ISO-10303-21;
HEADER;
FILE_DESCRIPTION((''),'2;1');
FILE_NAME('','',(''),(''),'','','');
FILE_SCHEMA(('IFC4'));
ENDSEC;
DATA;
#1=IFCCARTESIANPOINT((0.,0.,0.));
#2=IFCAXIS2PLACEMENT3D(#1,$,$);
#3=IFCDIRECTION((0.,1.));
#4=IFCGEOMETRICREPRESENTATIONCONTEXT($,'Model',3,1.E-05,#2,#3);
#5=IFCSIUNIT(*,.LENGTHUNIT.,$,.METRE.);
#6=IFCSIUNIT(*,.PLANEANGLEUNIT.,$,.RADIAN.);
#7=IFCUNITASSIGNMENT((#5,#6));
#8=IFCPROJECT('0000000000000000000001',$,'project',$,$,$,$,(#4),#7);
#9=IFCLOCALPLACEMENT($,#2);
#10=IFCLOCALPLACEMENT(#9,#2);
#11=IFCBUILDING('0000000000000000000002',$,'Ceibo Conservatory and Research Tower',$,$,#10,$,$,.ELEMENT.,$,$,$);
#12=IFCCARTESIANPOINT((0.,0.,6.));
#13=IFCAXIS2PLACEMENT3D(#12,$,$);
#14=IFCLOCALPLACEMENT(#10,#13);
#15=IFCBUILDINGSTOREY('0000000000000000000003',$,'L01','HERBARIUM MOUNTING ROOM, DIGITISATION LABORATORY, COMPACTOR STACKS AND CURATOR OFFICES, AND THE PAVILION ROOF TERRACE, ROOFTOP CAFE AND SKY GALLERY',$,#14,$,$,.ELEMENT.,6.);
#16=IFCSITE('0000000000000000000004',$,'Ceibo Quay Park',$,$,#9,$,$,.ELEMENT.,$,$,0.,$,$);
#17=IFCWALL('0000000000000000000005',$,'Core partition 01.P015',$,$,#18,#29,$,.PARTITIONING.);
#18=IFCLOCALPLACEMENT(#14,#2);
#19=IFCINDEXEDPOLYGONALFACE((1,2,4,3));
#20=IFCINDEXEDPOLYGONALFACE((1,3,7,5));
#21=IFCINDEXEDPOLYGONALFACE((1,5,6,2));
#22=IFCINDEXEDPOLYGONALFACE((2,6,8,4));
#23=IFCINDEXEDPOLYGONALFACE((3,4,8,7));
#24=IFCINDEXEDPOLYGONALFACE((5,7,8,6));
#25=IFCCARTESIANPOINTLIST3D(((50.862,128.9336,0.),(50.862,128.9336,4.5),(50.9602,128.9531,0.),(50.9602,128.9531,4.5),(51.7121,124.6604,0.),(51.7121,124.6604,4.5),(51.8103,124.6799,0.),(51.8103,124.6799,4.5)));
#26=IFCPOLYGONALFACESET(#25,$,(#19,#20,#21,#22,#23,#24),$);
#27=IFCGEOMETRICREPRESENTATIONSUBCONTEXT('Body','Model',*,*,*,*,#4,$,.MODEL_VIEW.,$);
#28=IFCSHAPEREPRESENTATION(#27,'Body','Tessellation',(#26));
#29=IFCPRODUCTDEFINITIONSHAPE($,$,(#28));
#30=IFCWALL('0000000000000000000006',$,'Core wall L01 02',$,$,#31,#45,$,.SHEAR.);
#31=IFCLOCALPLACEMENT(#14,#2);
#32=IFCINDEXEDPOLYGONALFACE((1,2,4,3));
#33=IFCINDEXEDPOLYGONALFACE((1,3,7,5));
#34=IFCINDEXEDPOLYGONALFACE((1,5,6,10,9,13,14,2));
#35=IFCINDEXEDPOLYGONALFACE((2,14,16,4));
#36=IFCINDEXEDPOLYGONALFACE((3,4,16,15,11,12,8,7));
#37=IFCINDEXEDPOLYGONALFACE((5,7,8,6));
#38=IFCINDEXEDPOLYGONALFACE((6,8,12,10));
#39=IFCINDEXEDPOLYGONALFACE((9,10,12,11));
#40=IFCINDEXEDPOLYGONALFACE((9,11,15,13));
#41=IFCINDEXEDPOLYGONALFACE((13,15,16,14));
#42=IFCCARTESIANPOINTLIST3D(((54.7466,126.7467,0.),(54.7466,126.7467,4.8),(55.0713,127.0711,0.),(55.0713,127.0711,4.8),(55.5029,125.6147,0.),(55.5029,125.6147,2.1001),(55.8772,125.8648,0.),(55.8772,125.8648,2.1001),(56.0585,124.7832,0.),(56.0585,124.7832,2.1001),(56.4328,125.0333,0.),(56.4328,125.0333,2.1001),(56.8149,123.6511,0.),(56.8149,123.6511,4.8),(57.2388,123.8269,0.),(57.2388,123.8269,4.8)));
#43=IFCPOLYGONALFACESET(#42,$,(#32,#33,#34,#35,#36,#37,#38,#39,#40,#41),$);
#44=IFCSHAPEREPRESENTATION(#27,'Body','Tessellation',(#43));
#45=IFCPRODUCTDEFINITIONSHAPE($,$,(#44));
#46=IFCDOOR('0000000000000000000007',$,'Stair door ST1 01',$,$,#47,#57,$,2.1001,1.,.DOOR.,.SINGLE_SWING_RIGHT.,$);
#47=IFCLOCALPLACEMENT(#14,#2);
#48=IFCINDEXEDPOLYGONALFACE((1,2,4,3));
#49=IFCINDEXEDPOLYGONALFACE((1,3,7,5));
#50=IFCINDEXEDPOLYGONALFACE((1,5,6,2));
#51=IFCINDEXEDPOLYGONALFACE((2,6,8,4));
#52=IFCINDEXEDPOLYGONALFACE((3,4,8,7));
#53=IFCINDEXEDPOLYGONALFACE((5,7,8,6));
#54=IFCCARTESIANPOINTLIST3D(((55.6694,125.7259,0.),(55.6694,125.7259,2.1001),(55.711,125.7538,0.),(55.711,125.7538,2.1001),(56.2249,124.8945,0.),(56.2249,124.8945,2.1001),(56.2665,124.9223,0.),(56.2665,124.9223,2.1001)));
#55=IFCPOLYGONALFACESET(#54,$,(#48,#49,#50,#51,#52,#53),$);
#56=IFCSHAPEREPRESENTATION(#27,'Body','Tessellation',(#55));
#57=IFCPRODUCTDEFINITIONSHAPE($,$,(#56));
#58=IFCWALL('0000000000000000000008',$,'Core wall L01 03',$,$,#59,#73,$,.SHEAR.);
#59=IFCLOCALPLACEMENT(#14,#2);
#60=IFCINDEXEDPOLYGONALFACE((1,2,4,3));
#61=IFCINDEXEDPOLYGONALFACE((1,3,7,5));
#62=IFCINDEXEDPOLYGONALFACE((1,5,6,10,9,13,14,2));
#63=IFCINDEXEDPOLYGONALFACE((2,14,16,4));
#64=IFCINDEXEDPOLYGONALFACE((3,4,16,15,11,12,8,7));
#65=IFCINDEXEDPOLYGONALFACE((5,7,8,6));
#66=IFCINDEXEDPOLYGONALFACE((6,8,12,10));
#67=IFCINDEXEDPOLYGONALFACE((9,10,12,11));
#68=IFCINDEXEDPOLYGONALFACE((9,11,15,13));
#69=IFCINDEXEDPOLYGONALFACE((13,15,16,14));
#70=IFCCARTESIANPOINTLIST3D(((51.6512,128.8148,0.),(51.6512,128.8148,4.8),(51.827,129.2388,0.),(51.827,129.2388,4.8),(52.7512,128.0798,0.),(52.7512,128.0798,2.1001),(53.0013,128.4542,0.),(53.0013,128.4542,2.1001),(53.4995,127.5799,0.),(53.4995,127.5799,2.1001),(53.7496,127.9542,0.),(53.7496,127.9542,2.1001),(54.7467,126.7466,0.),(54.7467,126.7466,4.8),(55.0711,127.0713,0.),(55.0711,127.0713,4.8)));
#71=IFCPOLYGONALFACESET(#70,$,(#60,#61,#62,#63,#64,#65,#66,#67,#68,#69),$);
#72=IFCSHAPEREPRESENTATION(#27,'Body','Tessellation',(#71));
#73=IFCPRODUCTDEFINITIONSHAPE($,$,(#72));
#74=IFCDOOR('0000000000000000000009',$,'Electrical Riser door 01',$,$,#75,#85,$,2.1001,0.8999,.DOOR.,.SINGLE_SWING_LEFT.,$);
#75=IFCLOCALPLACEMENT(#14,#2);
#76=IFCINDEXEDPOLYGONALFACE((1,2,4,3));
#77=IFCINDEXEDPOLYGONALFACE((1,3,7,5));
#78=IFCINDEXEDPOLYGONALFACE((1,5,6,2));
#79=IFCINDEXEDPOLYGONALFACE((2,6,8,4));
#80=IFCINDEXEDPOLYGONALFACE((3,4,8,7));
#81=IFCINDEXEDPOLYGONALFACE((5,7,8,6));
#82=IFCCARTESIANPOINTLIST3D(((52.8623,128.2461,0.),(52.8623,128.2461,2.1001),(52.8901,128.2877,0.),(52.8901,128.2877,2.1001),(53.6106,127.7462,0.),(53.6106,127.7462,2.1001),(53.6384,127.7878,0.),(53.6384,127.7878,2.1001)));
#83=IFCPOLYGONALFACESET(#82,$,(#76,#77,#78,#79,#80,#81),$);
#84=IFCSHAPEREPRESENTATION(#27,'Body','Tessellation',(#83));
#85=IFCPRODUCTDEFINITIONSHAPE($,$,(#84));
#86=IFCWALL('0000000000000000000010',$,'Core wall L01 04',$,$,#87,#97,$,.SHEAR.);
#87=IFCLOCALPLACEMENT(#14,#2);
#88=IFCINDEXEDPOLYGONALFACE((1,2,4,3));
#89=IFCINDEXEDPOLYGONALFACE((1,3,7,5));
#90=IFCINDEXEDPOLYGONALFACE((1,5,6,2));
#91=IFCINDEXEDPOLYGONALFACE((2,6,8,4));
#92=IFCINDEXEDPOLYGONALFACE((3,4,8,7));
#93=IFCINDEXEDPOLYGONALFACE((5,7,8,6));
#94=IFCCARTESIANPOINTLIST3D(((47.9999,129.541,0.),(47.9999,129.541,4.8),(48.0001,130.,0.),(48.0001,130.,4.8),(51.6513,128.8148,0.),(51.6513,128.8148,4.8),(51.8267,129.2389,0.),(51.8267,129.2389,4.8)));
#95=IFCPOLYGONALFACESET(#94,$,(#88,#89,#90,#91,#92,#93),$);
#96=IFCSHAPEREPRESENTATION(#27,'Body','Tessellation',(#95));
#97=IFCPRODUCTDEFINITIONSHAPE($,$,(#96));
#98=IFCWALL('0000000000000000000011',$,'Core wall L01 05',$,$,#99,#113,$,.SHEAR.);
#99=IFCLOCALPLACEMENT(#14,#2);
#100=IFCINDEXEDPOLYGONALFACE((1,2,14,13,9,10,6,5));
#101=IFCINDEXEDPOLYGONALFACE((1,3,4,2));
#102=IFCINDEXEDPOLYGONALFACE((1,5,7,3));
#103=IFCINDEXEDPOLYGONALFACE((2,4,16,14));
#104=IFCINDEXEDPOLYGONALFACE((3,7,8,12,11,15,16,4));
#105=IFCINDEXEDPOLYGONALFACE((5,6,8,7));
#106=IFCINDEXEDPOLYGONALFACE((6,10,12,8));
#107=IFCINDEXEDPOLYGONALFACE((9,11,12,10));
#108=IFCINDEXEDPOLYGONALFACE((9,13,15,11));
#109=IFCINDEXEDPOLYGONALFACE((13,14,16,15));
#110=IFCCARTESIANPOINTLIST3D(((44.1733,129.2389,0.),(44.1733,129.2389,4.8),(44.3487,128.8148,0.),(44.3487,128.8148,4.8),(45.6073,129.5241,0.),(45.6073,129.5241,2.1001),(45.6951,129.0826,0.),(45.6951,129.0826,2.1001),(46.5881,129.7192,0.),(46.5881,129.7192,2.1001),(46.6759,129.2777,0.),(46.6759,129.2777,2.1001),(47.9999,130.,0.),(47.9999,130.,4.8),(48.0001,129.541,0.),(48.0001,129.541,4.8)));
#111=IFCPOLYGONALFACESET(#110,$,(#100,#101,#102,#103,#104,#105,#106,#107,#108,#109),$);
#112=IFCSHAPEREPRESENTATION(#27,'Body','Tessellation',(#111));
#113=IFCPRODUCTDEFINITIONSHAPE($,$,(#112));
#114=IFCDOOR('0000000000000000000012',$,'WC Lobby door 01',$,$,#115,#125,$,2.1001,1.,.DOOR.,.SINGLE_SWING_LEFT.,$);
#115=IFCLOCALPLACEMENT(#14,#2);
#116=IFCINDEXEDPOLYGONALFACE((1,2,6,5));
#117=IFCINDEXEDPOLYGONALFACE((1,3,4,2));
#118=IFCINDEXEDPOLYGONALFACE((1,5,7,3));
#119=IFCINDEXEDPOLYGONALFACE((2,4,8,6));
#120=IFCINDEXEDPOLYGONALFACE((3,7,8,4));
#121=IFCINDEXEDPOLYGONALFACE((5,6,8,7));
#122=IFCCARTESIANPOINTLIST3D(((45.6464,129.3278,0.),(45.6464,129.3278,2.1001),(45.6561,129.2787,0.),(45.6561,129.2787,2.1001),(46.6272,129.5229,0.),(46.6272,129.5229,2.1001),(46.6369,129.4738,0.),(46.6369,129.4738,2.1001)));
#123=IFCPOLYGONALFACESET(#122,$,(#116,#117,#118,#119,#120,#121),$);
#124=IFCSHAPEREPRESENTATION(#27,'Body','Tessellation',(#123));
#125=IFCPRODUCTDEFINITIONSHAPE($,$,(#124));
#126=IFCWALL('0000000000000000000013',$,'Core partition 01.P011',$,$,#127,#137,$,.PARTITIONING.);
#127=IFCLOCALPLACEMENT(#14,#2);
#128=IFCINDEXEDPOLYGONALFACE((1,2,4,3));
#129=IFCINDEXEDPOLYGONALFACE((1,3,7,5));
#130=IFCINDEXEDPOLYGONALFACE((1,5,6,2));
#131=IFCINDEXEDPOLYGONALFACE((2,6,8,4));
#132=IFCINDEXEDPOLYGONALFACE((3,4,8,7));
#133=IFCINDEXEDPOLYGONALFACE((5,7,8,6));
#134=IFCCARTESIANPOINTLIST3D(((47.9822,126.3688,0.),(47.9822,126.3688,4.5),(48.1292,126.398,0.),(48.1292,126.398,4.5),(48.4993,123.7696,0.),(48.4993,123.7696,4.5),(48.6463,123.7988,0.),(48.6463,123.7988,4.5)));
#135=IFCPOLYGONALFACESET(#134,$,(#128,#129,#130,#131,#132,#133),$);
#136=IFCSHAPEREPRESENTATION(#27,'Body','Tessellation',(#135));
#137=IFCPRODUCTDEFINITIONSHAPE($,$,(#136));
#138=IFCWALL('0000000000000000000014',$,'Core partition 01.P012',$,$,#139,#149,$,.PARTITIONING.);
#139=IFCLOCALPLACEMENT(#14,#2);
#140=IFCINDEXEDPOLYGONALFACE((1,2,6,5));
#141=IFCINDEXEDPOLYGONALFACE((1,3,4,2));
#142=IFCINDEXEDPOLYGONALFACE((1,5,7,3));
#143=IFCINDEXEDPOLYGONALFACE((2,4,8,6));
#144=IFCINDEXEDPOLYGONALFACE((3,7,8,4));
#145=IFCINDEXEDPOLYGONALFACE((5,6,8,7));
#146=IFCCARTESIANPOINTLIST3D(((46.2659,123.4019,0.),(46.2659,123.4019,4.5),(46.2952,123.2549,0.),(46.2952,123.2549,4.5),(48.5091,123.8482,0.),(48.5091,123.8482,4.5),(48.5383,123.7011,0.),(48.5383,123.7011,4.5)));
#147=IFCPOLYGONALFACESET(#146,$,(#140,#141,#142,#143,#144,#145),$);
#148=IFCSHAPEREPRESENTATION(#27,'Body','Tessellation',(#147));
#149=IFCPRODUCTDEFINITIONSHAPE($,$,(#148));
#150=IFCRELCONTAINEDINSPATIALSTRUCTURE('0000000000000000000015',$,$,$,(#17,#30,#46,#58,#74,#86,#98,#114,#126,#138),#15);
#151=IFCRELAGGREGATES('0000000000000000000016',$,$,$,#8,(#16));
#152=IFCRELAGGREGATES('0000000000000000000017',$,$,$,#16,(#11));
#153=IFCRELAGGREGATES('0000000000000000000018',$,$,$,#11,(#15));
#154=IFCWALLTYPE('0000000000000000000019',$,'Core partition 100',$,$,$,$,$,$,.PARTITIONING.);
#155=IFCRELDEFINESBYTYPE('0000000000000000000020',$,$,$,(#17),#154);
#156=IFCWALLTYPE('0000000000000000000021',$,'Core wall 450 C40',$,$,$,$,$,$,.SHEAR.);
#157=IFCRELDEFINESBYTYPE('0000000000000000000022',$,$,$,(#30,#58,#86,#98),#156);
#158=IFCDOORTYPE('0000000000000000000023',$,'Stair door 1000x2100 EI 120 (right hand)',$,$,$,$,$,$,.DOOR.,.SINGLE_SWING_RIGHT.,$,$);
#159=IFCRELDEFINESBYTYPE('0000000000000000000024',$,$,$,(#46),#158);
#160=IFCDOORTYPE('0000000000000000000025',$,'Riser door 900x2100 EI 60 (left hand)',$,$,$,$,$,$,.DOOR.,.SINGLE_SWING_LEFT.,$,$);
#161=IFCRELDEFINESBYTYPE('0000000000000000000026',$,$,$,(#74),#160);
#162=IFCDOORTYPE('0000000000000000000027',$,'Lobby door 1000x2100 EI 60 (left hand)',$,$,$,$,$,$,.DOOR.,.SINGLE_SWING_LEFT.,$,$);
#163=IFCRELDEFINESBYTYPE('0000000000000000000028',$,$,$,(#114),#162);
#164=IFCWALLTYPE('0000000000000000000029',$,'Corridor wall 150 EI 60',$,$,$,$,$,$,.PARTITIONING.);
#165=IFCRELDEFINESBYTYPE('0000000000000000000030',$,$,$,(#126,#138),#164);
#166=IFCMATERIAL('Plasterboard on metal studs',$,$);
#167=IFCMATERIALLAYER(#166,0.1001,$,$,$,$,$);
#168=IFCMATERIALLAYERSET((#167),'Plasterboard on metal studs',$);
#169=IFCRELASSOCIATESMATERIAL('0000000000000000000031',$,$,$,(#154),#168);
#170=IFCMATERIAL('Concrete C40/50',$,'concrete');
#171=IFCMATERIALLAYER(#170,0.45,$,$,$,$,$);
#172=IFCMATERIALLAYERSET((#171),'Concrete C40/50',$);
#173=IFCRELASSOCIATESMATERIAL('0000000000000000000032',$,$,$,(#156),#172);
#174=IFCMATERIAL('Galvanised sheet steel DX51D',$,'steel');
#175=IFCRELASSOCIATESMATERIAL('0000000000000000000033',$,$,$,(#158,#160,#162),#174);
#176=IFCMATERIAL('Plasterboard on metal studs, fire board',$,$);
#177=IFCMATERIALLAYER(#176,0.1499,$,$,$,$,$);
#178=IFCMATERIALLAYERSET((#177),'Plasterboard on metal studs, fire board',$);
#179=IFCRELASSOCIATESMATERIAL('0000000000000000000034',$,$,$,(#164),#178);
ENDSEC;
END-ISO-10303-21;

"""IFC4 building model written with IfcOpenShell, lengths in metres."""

from ifc_helpers import new_model, si_unit, direction, frame, frame_2d, origin, place, context, subcontext, project, spatial, polyline, rectangle, outline, extrude, material, layer, layer_set, type_object, element, fill, save


model = new_model("IFC4")

# Units and contexts
model_context = context("Model", 3, precision=1e-05, world=origin(), true_north=direction((0.0, 1.0)))
body_context = subcontext(model_context, "Body", "Model", "MODEL_VIEW")
ifc_project = project(units=[si_unit("LENGTHUNIT", "METRE"), si_unit("PLANEANGLEUNIT", "RADIAN")], contexts=[model_context])

# Site, building, storey
site_placement = place(None, origin())
site = spatial("IfcSite", under=ifc_project, at=site_placement, Name="Ceibo Quay Park", CompositionType="ELEMENT", RefElevation=0.0)
building_placement = place(site_placement, origin())
building = spatial("IfcBuilding", under=site, at=building_placement, Name="Ceibo Conservatory and Research Tower", CompositionType="ELEMENT")
storey_placement = place(building_placement, frame((0.0, 0.0, 6.0)))
storey = spatial("IfcBuildingStorey", under=building, at=storey_placement, Name="L01", Description="HERBARIUM MOUNTING ROOM, DIGITISATION LABORATORY, COMPACTOR STACKS AND CURATOR OFFICES, AND THE PAVILION ROOF TERRACE, ROOFTOP CAFE AND SKY GALLERY", CompositionType="ELEMENT", Elevation=6.0)

# Shared definitions
ifc_material_1 = material(Name="Plasterboard on metal studs")
ifc_layer_1 = layer(ifc_material_1, 0.1001)
ifc_layer_set_1 = layer_set([ifc_layer_1], Name="Plasterboard on metal studs")
wall_type_1 = type_object("IfcWallType", Name="Core partition 100", PredefinedType="PARTITIONING", material=ifc_layer_set_1)

# Wall
wall_1_placement = place(storey_placement, frame((50.9111, 128.9434, 0.0), z_axis=(0.0, 0.0, 1.0), x_axis=(0.195114, -0.980781, 0.0)))
element("IfcWall", 1, at=wall_1_placement, inside=storey, type_object=wall_type_1, Name="Core partition 01.P015", PredefinedType="PARTITIONING", context=body_context, shape_type="SweptSolid", body=[
    extrude(rectangle(XDim=4.3569, YDim=0.1001, at=frame_2d((2.1785, 0.0))), origin(), (0.0, 0.0, 1.0), 4.5),
])

# Walls, openings, doors
ifc_material_2 = material(Name="Concrete C40/50", Category="concrete")
ifc_layer_2 = layer(ifc_material_2, 0.45)
ifc_layer_set_2 = layer_set([ifc_layer_2], Name="Concrete C40/50")
wall_type_2 = type_object("IfcWallType", Name="Core wall 450 C40", PredefinedType="SHEAR", material=ifc_layer_set_2)
wall_2_placement = place(storey_placement, frame((57.0269, 123.739, 0.0), z_axis=(0.0, 0.0, 1.0), x_axis=(-0.555542, 0.831488, 0.0)))
wall_2 = element("IfcWall", 2, at=wall_2_placement, inside=storey, type_object=wall_type_2, Name="Core wall L01 02", PredefinedType="SHEAR", context=body_context, shape_type="SweptSolid", body=[
    extrude(outline(polyline([(-0.0447, -0.2251), (3.8569, -0.2251), (3.7676, 0.2251), (0.0447, 0.2251), (-0.0447, -0.2251)])), origin(), (0.0, 0.0, 1.0), 4.8),
])
opening_1_placement = place(wall_2_placement, frame((1.4062, 0.0, 0.0)))
opening_1 = element("IfcOpeningElement", 3, at=opening_1_placement, cuts=wall_2, PredefinedType="OPENING", context=body_context, shape_type="SweptSolid", body=[
    extrude(rectangle(XDim=1.0, YDim=2.1001, at=frame_2d((0.5, 1.05))), frame((0.0, 0.2349, 0.0), z_axis=(0.0, -1.0, 0.0), x_axis=(1.0, 0.0, 0.0)), (0.0, 0.0, 1.0), 0.47),
])
ifc_material_3 = material(Name="Galvanised sheet steel DX51D", Category="steel")
door_type_1 = type_object("IfcDoorType", Name="Stair door 1000x2100 EI 120 (right hand)", OperationType="SINGLE_SWING_RIGHT", PredefinedType="DOOR", material=ifc_material_3)
door_1_placement = place(opening_1_placement, origin())
door_1 = element("IfcDoor", 4, at=door_1_placement, inside=storey, type_object=door_type_1, Name="Stair door ST1 01", OperationType="SINGLE_SWING_RIGHT", OverallHeight=2.1001, OverallWidth=1.0, PredefinedType="DOOR", context=body_context, shape_type="SweptSolid", body=[
    extrude(rectangle(XDim=1.0, YDim=2.1001, at=frame_2d((0.5, 1.05))), frame((0.0, 0.0249, 0.0), z_axis=(0.0, -1.0, 0.0), x_axis=(1.0, 0.0, 0.0)), (0.0, 0.0, 1.0), 0.05),
])
fill(opening_1, door_1)
wall_3_placement = place(storey_placement, frame((54.9089, 126.9089, 0.0), z_axis=(0.0, 0.0, 1.0), x_axis=(-0.831488, 0.555542, 0.0)))
wall_3 = element("IfcWall", 5, at=wall_3_placement, inside=storey, type_object=wall_type_2, Name="Core wall L01 03", PredefinedType="SHEAR", context=body_context, shape_type="SweptSolid", body=[
    extrude(outline(polyline([(-0.0447, -0.2251), (3.8569, -0.2251), (3.7676, 0.2251), (0.0447, 0.2251), (-0.0447, -0.2251)])), origin(), (0.0, 0.0, 1.0), 4.8),
])
opening_2_placement = place(wall_3_placement, frame((1.5447, 0.0, 0.0)))
opening_2 = element("IfcOpeningElement", 6, at=opening_2_placement, cuts=wall_3, PredefinedType="OPENING", context=body_context, shape_type="SweptSolid", body=[
    extrude(rectangle(XDim=0.8999, YDim=2.1001, at=frame_2d((0.45, 1.05))), frame((0.0, 0.2349, 0.0), z_axis=(0.0, -1.0, 0.0), x_axis=(1.0, 0.0, 0.0)), (0.0, 0.0, 1.0), 0.47),
])
door_type_2 = type_object("IfcDoorType", Name="Riser door 900x2100 EI 60 (left hand)", OperationType="SINGLE_SWING_LEFT", PredefinedType="DOOR", material=ifc_material_3)
door_2_placement = place(opening_2_placement, frame((0.8999, 0.0, 0.0), z_axis=(0.0, 0.0, 1.0), x_axis=(-1.0, 0.0, 0.0)))
door_2 = element("IfcDoor", 7, at=door_2_placement, inside=storey, type_object=door_type_2, Name="Electrical Riser door 01", OperationType="SINGLE_SWING_LEFT", OverallHeight=2.1001, OverallWidth=0.8999, PredefinedType="DOOR", context=body_context, shape_type="SweptSolid", body=[
    extrude(rectangle(XDim=0.8999, YDim=2.1001, at=frame_2d((0.45, 1.05))), frame((0.0, 0.0249, 0.0), z_axis=(0.0, -1.0, 0.0), x_axis=(1.0, 0.0, 0.0)), (0.0, 0.0, 1.0), 0.05),
])
fill(opening_2, door_2)

# Wall
wall_4_placement = place(storey_placement, frame((51.739, 129.0269, 0.0), z_axis=(0.0, 0.0, 1.0), x_axis=(-0.980789, 0.195069, 0.0)))
element("IfcWall", 8, at=wall_4_placement, inside=storey, type_object=wall_type_2, Name="Core wall L01 04", PredefinedType="SHEAR", context=body_context, shape_type="SweptSolid", body=[
    extrude(outline(polyline([(-0.0447, -0.2251), (3.8569, -0.2251), (3.7676, 0.2251), (0.0447, 0.2251), (-0.0447, -0.2251)])), origin(), (0.0, 0.0, 1.0), 4.8),
])

# Wall, opening, door
wall_5_placement = place(storey_placement, frame((48.0, 129.7705, 0.0), z_axis=(0.0, 0.0, 1.0), x_axis=(-0.980789, -0.195069, 0.0)))
wall_5 = element("IfcWall", 9, at=wall_5_placement, inside=storey, type_object=wall_type_2, Name="Core wall L01 05", PredefinedType="SHEAR", context=body_context, shape_type="SweptSolid", body=[
    extrude(outline(polyline([(-0.0447, -0.2251), (3.8569, -0.2251), (3.7676, 0.2251), (0.0447, 0.2251), (-0.0447, -0.2251)])), origin(), (0.0, 0.0, 1.0), 4.8),
])
opening_3_placement = place(wall_5_placement, frame((1.3948, 0.0, 0.0)))
opening_3 = element("IfcOpeningElement", 10, at=opening_3_placement, cuts=wall_5, PredefinedType="OPENING", context=body_context, shape_type="SweptSolid", body=[
    extrude(rectangle(XDim=1.0, YDim=2.1001, at=frame_2d((0.5, 1.05))), frame((0.0, 0.2349, 0.0), z_axis=(0.0, -1.0, 0.0), x_axis=(1.0, 0.0, 0.0)), (0.0, 0.0, 1.0), 0.47),
])
door_type_3 = type_object("IfcDoorType", Name="Lobby door 1000x2100 EI 60 (left hand)", OperationType="SINGLE_SWING_LEFT", PredefinedType="DOOR", material=ifc_material_3)
door_3_placement = place(opening_3_placement, frame((1.0, 0.0, 0.0), z_axis=(0.0, 0.0, 1.0), x_axis=(-1.0, 0.0, 0.0)))
door_3 = element("IfcDoor", 11, at=door_3_placement, inside=storey, type_object=door_type_3, Name="WC Lobby door 01", OperationType="SINGLE_SWING_LEFT", OverallHeight=2.1001, OverallWidth=1.0, PredefinedType="DOOR", context=body_context, shape_type="SweptSolid", body=[
    extrude(rectangle(XDim=1.0, YDim=2.1001, at=frame_2d((0.5, 1.05))), frame((0.0, 0.0249, 0.0), z_axis=(0.0, -1.0, 0.0), x_axis=(1.0, 0.0, 0.0)), (0.0, 0.0, 1.0), 0.05),
])
fill(opening_3, door_3)

# Walls
ifc_material_4 = material(Name="Plasterboard on metal studs, fire board")
ifc_layer_3 = layer(ifc_material_4, 0.1499)
ifc_layer_set_3 = layer_set([ifc_layer_3], Name="Plasterboard on metal studs, fire board")
wall_type_3 = type_object("IfcWallType", Name="Corridor wall 150 EI 60", PredefinedType="PARTITIONING", material=ifc_layer_set_3)
wall_6_placement = place(storey_placement, frame((48.0557, 126.3835, 0.0), z_axis=(0.0, 0.0, 1.0), x_axis=(0.195124, -0.980779, 0.0)))
element("IfcWall", 12, at=wall_6_placement, inside=storey, type_object=wall_type_3, Name="Core partition 01.P011", PredefinedType="PARTITIONING", context=body_context, shape_type="SweptSolid", body=[
    extrude(rectangle(XDim=2.6501, YDim=0.1499, at=frame_2d((1.3252, 0.0))), origin(), (0.0, 0.0, 1.0), 4.5),
])
wall_7_placement = place(storey_placement, frame((48.5237, 123.7747, 0.0), z_axis=(0.0, 0.0, 1.0), x_axis=(-0.980777, -0.195131, 0.0)))
element("IfcWall", 13, at=wall_7_placement, inside=storey, type_object=wall_type_3, Name="Core partition 01.P012", PredefinedType="PARTITIONING", context=body_context, shape_type="SweptSolid", body=[
    extrude(rectangle(XDim=2.2871, YDim=0.1499, at=frame_2d((1.1436, 0.0))), origin(), (0.0, 0.0, 1.0), 4.5),
])

save(model, "model.ifc")
